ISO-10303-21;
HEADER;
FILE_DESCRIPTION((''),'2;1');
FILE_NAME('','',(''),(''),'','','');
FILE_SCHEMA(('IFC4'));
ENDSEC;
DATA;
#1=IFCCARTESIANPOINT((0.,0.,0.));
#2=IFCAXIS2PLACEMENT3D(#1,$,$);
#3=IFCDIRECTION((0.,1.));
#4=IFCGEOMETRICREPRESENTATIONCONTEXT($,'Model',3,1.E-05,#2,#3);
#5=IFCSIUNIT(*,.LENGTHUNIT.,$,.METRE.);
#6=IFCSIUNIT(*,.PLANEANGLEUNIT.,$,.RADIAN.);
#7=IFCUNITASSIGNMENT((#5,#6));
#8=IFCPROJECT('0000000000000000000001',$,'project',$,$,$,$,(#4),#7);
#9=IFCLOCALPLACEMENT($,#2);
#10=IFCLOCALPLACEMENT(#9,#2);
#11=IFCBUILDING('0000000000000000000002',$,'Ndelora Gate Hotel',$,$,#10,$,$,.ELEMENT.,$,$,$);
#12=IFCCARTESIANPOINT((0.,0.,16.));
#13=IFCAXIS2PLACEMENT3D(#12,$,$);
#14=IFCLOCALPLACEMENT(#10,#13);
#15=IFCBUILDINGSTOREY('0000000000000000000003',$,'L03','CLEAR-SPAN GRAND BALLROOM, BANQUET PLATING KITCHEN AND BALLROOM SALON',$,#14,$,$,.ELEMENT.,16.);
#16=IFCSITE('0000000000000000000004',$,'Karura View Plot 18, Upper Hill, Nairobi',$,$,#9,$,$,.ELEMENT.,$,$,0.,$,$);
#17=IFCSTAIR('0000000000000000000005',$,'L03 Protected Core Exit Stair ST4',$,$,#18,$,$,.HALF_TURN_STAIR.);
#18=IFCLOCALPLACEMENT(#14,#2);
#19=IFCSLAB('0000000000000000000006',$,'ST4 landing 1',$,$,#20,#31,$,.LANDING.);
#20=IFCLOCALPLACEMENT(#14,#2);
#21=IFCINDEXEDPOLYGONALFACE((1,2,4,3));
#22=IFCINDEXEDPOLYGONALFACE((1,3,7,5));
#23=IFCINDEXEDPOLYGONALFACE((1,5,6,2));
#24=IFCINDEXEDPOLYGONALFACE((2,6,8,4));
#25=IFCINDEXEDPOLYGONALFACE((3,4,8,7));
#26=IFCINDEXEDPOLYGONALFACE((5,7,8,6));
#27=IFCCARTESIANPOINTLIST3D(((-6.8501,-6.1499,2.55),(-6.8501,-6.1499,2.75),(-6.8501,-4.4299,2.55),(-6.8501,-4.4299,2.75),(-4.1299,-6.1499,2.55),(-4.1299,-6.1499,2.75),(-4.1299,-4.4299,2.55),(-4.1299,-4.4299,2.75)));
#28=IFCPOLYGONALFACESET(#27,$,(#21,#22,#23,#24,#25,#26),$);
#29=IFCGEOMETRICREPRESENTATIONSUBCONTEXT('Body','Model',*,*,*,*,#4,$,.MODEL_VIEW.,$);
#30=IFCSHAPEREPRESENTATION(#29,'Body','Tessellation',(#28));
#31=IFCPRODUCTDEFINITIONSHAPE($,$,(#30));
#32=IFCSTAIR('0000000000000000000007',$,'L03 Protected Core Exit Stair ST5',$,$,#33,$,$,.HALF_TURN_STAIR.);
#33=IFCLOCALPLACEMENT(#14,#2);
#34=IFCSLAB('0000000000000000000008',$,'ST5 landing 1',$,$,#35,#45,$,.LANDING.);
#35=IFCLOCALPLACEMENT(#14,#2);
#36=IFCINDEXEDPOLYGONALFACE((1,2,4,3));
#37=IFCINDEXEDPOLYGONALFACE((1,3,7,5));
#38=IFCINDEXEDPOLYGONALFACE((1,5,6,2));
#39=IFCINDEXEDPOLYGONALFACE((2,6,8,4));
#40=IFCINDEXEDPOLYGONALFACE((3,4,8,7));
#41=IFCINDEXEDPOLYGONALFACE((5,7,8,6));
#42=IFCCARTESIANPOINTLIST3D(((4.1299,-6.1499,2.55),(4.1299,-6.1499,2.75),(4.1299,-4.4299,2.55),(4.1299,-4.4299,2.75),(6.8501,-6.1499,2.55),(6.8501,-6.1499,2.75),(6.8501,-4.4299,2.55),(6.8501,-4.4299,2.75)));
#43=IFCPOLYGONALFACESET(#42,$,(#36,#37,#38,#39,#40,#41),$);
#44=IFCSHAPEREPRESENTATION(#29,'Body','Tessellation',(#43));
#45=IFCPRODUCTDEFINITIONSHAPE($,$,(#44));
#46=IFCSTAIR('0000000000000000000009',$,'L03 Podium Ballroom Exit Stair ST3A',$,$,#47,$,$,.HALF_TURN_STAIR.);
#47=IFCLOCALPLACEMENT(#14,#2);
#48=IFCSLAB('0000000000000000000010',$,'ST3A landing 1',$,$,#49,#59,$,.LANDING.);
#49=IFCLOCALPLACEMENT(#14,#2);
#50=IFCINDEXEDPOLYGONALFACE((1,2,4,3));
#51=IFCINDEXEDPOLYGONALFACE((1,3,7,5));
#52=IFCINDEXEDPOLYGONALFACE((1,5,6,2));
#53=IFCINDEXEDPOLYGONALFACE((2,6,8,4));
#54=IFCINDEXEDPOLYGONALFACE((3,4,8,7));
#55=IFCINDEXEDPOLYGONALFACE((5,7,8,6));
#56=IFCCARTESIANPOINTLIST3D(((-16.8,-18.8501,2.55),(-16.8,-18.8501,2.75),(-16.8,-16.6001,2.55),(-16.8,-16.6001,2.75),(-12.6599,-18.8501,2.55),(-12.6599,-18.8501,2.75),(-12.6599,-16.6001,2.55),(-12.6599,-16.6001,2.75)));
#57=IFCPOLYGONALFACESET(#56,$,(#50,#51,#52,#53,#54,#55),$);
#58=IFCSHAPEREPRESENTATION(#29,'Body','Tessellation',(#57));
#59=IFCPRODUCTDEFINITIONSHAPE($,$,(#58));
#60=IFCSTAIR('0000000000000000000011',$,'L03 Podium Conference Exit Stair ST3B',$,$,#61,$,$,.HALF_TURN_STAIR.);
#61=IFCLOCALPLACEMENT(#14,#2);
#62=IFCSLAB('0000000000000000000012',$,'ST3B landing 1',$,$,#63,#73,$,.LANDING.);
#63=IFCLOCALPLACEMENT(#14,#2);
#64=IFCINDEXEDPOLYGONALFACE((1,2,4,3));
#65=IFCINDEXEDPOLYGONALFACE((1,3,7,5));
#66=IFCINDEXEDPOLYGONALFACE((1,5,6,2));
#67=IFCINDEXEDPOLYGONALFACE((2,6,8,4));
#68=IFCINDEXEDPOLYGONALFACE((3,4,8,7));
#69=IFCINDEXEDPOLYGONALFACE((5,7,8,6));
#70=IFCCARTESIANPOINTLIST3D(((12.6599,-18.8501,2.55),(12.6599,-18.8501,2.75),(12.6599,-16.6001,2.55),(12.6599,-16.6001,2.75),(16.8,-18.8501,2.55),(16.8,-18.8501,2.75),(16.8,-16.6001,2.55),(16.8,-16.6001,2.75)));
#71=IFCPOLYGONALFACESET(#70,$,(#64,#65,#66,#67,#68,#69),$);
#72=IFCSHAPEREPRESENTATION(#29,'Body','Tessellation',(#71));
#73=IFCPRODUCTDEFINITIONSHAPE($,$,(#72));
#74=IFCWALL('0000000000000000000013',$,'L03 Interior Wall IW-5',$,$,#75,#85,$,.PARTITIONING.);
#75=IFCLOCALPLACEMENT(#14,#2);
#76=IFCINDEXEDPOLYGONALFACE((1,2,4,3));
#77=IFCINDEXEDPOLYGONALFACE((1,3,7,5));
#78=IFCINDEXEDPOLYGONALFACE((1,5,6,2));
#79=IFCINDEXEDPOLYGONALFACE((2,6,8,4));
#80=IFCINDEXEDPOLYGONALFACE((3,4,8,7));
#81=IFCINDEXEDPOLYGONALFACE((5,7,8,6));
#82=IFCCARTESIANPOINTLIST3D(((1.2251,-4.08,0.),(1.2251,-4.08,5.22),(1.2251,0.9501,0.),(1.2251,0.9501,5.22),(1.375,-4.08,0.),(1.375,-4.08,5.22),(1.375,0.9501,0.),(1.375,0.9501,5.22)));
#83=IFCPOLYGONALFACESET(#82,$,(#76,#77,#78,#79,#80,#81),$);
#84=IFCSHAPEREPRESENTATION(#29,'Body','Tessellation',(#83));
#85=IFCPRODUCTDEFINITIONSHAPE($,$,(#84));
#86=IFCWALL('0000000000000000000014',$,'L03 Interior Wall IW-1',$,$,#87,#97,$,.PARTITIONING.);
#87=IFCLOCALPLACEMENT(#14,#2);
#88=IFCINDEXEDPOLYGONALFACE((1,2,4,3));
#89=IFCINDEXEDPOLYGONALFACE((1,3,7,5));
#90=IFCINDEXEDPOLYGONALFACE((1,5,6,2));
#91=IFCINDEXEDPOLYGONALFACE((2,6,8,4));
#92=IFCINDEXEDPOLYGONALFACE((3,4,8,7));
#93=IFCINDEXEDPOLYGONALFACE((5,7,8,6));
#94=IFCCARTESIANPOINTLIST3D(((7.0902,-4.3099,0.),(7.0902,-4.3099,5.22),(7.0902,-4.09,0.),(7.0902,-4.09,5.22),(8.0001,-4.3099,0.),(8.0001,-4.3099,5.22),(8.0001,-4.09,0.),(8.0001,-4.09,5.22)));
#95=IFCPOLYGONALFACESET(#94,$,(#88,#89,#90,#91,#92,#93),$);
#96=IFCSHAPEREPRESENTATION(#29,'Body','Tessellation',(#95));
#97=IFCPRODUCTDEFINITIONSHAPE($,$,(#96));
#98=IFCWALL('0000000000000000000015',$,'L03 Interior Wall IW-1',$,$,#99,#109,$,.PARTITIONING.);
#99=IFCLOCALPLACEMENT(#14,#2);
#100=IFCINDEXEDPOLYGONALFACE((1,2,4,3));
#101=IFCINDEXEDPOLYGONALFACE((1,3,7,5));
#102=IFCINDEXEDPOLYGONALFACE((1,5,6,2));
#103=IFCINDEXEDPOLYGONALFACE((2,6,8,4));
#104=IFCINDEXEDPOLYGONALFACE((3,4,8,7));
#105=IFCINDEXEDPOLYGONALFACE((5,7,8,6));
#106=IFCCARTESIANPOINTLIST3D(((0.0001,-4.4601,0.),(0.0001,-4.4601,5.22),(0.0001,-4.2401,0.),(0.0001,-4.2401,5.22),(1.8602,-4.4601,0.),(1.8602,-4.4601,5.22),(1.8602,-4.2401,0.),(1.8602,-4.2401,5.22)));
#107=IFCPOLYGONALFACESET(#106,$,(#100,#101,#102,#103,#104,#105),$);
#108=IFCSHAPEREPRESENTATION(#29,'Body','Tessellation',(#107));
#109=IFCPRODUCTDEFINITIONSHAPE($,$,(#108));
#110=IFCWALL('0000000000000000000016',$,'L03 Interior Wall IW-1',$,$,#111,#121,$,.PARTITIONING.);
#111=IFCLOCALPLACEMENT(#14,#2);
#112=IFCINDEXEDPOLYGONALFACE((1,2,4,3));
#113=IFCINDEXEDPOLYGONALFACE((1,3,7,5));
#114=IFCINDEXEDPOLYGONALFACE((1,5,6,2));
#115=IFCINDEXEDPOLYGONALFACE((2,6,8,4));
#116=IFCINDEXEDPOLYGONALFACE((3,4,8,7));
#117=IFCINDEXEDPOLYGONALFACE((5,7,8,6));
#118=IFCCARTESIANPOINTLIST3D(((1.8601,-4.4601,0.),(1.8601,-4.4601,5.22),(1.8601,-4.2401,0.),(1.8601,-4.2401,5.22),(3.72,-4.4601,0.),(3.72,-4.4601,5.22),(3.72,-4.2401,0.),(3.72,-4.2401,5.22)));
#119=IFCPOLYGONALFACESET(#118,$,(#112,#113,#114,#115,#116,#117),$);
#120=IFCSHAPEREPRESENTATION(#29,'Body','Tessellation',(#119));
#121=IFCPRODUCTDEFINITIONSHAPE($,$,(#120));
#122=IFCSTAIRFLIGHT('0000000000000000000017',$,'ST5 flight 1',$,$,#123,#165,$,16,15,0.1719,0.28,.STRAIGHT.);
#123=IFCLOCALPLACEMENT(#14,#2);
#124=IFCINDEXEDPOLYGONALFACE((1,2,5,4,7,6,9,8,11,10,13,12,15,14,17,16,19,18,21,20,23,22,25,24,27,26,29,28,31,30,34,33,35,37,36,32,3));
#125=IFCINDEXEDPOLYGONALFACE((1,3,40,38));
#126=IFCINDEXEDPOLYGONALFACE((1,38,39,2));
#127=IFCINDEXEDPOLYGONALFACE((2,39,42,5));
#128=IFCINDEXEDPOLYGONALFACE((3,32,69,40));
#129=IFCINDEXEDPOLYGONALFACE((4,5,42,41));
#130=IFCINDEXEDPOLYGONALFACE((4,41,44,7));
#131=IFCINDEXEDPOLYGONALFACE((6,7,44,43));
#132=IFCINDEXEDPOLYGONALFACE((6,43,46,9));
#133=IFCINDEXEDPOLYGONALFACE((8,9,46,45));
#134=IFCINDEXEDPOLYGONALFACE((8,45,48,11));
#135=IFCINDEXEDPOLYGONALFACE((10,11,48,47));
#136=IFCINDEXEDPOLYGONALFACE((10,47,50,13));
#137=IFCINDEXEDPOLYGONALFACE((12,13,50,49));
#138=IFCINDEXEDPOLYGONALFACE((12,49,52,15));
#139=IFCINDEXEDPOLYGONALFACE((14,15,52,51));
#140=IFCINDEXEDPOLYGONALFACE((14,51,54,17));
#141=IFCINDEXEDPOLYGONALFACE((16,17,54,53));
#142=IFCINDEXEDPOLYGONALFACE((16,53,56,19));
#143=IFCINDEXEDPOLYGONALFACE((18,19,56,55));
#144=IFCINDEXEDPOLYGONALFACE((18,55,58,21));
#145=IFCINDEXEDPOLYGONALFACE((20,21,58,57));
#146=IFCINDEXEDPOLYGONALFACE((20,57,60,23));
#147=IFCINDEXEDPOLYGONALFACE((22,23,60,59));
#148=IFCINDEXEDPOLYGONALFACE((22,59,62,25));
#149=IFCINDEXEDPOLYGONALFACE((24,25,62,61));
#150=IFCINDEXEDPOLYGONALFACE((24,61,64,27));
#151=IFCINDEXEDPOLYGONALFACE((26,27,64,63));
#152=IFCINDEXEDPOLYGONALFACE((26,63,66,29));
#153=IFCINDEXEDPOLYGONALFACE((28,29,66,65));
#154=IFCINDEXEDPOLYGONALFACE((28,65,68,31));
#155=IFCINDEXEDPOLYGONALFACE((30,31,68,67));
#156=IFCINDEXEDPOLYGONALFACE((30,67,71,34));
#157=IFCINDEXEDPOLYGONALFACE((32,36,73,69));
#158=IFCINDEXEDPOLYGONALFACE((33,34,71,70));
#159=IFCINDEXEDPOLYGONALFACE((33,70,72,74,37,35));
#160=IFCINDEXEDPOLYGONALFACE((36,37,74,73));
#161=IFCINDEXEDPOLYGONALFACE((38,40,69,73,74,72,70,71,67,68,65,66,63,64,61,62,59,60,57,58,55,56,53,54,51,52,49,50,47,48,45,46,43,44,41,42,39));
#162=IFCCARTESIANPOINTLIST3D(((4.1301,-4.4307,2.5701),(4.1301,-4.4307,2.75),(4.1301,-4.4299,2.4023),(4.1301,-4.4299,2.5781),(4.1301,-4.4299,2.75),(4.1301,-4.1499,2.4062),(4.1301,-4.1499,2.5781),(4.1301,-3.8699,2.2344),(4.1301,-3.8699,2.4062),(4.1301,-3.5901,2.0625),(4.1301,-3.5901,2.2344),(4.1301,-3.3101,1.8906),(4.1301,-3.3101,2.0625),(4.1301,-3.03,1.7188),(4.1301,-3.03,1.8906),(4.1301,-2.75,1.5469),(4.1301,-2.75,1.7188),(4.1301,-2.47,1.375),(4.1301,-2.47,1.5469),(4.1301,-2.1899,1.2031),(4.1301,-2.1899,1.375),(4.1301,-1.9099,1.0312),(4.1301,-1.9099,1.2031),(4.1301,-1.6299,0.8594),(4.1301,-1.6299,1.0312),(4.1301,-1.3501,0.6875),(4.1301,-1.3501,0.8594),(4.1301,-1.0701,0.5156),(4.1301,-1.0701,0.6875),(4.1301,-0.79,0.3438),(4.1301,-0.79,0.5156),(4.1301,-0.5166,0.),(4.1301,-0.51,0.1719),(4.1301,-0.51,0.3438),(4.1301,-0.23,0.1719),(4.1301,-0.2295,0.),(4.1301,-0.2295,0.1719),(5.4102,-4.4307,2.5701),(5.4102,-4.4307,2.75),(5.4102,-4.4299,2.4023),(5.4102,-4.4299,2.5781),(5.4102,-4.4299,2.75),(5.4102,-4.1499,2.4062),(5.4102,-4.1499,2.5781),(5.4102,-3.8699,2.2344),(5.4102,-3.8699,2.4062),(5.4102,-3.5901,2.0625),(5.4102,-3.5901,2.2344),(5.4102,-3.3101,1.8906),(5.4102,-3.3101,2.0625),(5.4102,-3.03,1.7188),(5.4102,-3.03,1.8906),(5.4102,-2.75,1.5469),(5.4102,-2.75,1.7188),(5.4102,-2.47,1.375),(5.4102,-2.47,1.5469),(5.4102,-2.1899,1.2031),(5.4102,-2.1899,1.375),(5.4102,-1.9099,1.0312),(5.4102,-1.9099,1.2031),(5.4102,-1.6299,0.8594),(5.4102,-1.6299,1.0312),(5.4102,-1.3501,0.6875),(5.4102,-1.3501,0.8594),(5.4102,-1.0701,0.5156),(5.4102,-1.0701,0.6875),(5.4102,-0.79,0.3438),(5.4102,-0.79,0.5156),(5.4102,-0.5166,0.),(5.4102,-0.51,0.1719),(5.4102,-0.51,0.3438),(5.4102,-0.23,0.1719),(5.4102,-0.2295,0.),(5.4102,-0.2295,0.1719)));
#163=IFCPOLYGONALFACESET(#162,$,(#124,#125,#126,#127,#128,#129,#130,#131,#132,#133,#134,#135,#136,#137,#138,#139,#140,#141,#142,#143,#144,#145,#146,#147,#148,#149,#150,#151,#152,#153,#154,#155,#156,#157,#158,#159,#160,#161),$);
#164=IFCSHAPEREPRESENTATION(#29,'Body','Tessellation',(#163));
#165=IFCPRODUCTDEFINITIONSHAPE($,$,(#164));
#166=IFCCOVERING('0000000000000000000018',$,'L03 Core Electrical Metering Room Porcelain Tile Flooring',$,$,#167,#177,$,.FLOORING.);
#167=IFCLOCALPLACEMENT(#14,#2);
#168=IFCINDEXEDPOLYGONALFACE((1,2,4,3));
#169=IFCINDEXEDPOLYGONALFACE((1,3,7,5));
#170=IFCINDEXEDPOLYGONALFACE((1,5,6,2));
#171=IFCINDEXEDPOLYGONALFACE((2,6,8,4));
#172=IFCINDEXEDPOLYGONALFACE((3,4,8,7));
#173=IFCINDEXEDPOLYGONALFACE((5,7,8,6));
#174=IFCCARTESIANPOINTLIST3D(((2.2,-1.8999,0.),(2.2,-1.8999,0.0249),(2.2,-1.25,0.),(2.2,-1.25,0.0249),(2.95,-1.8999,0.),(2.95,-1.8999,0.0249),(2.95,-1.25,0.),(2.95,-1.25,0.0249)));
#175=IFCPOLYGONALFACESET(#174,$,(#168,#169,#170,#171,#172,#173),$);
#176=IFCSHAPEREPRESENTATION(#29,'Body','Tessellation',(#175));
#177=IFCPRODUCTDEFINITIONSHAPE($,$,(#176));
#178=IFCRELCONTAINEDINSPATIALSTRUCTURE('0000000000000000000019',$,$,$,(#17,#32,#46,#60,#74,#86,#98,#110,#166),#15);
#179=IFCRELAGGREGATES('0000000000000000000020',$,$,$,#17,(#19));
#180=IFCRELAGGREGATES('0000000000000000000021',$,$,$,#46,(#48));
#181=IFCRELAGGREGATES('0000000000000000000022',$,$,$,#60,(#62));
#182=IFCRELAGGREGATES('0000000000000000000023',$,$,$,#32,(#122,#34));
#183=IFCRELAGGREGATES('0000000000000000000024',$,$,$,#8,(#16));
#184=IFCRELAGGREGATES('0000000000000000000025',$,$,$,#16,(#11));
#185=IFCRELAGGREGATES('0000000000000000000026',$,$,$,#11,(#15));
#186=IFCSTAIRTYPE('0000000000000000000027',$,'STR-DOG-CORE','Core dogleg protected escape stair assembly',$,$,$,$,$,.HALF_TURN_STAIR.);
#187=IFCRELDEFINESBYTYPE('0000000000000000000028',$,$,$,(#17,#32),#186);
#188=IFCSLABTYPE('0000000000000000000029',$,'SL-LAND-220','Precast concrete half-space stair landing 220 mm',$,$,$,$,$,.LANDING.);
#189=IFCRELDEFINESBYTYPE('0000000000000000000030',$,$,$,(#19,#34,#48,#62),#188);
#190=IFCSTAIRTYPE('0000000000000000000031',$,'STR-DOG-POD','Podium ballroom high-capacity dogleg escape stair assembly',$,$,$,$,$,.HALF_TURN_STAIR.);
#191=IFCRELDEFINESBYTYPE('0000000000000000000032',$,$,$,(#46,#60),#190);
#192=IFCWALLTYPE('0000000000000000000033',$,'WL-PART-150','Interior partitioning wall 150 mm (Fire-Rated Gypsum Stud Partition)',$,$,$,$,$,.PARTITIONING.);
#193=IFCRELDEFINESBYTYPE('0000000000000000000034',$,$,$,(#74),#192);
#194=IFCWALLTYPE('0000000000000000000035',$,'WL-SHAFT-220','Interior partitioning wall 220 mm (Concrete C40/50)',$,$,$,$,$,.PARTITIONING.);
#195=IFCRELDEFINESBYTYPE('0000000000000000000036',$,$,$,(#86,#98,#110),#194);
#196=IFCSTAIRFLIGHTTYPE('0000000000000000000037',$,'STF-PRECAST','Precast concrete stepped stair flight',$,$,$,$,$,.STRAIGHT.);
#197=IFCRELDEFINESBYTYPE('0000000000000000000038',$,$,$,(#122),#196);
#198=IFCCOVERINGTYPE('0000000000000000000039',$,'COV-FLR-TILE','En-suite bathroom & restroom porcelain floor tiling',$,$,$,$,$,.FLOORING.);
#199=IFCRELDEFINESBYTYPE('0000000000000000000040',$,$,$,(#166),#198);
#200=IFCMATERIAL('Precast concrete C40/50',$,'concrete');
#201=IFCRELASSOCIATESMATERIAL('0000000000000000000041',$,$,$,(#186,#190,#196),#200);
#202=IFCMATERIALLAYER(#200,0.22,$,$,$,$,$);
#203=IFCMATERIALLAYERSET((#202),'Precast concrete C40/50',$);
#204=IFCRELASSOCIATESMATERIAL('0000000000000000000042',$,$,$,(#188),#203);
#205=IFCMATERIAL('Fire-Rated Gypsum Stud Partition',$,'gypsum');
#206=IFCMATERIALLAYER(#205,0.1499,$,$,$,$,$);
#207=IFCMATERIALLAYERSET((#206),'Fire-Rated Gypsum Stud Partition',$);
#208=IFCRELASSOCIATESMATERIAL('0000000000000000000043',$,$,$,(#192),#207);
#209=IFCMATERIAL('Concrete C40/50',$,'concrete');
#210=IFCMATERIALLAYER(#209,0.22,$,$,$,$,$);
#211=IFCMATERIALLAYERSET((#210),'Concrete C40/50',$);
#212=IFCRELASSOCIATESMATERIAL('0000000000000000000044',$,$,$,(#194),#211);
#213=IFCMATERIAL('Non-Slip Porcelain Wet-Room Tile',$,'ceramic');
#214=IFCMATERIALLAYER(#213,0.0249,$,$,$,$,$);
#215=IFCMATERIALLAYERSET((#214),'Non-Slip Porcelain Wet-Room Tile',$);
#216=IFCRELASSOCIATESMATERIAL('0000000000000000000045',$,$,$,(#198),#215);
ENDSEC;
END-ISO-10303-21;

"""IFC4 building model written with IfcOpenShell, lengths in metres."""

from ifc_helpers import new_model, si_unit, direction, frame, frame_2d, origin, origin_2d, place, context, subcontext, project, spatial, polyline, rectangle, outline, extrude, material, layer, layer_set, type_object, element, aggregate, save


model = new_model("IFC4")

# Units and contexts
model_context = context("Model", 3, precision=1e-05, world=origin(), true_north=direction((0.0, 1.0)))
body_context = subcontext(model_context, "Body", "Model", "MODEL_VIEW")
ifc_project = project(units=[si_unit("LENGTHUNIT", "METRE"), si_unit("PLANEANGLEUNIT", "RADIAN")], contexts=[model_context])

# Site, building, storey
site_placement = place(None, origin())
site = spatial("IfcSite", under=ifc_project, at=site_placement, Name="Karura View Plot 18, Upper Hill, Nairobi", CompositionType="ELEMENT", RefElevation=0.0)
building_placement = place(site_placement, origin())
building = spatial("IfcBuilding", under=site, at=building_placement, Name="Ndelora Gate Hotel", CompositionType="ELEMENT")
storey_placement = place(building_placement, frame((0.0, 0.0, 16.0)))
storey = spatial("IfcBuildingStorey", under=building, at=storey_placement, Name="L03", Description="CLEAR-SPAN GRAND BALLROOM, BANQUET PLATING KITCHEN AND BALLROOM SALON", CompositionType="ELEMENT", Elevation=16.0)

# Stairs, slabs
ifc_material_1 = material(Name="Precast concrete C40/50", Category="concrete")
stair_type_1 = type_object("IfcStairType", Name="STR-DOG-CORE", Description="Core dogleg protected escape stair assembly", PredefinedType="HALF_TURN_STAIR", material=ifc_material_1)
stair_1_placement = place(storey_placement, origin())
stair_1 = element("IfcStair", 1, at=stair_1_placement, inside=storey, type_object=stair_type_1, Name="L03 Protected Core Exit Stair ST4", PredefinedType="HALF_TURN_STAIR")
ifc_layer_1 = layer(ifc_material_1, 0.22)
ifc_layer_set_1 = layer_set([ifc_layer_1], Name="Precast concrete C40/50")
slab_type = type_object("IfcSlabType", Name="SL-LAND-220", Description="Precast concrete half-space stair landing 220 mm", PredefinedType="LANDING", material=ifc_layer_set_1)
slab_1_placement = place(storey_placement, frame((0.0, 0.0, 2.55)))
slab_1 = element("IfcSlab", 2, at=slab_1_placement, type_object=slab_type, Name="ST4 landing 1", PredefinedType="LANDING", context=body_context, shape_type="SweptSolid", body=[
    extrude(outline(polyline([(-6.8501, -4.4299), (-6.8501, -6.1499), (-4.1299, -6.1499), (-4.1299, -4.4299), (-6.8501, -4.4299)])), origin(), (0.0, 0.0, 1.0), 0.2),
])
aggregate(stair_1, [slab_1])
stair_2_placement = place(storey_placement, origin())
stair_2 = element("IfcStair", 3, at=stair_2_placement, inside=storey, type_object=stair_type_1, Name="L03 Protected Core Exit Stair ST5", PredefinedType="HALF_TURN_STAIR")
slab_2_placement = place(storey_placement, frame((0.0, 0.0, 2.55)))
slab_2 = element("IfcSlab", 4, at=slab_2_placement, type_object=slab_type, Name="ST5 landing 1", PredefinedType="LANDING", context=body_context, shape_type="SweptSolid", body=[
    extrude(outline(polyline([(4.1299, -4.4299), (4.1299, -6.1499), (6.8501, -6.1499), (6.8501, -4.4299), (4.1299, -4.4299)])), origin(), (0.0, 0.0, 1.0), 0.2),
])
stair_type_2 = type_object("IfcStairType", Name="STR-DOG-POD", Description="Podium ballroom high-capacity dogleg escape stair assembly", PredefinedType="HALF_TURN_STAIR", material=ifc_material_1)
stair_3_placement = place(storey_placement, origin())
stair_3 = element("IfcStair", 5, at=stair_3_placement, inside=storey, type_object=stair_type_2, Name="L03 Podium Ballroom Exit Stair ST3A", PredefinedType="HALF_TURN_STAIR")
slab_3_placement = place(storey_placement, frame((0.0, 0.0, 2.55)))
slab_3 = element("IfcSlab", 6, at=slab_3_placement, type_object=slab_type, Name="ST3A landing 1", PredefinedType="LANDING", context=body_context, shape_type="SweptSolid", body=[
    extrude(outline(polyline([(-16.8, -16.6001), (-16.8, -18.8501), (-12.6599, -18.8501), (-12.6599, -16.6001), (-16.8, -16.6001)])), origin(), (0.0, 0.0, 1.0), 0.2),
])
aggregate(stair_3, [slab_3])
stair_4_placement = place(storey_placement, origin())
stair_4 = element("IfcStair", 7, at=stair_4_placement, inside=storey, type_object=stair_type_2, Name="L03 Podium Conference Exit Stair ST3B", PredefinedType="HALF_TURN_STAIR")
slab_4_placement = place(storey_placement, frame((0.0, 0.0, 2.55)))
slab_4 = element("IfcSlab", 8, at=slab_4_placement, type_object=slab_type, Name="ST3B landing 1", PredefinedType="LANDING", context=body_context, shape_type="SweptSolid", body=[
    extrude(outline(polyline([(12.6599, -16.6001), (12.6599, -18.8501), (16.8, -18.8501), (16.8, -16.6001), (12.6599, -16.6001)])), origin(), (0.0, 0.0, 1.0), 0.2),
])
aggregate(stair_4, [slab_4])

# Walls
ifc_material_2 = material(Name="Fire-Rated Gypsum Stud Partition", Category="gypsum")
ifc_layer_2 = layer(ifc_material_2, 0.1499)
ifc_layer_set_2 = layer_set([ifc_layer_2], Name="Fire-Rated Gypsum Stud Partition")
wall_type_1 = type_object("IfcWallType", Name="WL-PART-150", Description="Interior partitioning wall 150 mm (Fire-Rated Gypsum Stud Partition)", PredefinedType="PARTITIONING", material=ifc_layer_set_2)
wall_1_placement = place(storey_placement, frame((1.3, -4.0801, 0.0), z_axis=(0.0, 0.0, 1.0), x_axis=(0.0, 1.0, 0.0)))
element("IfcWall", 9, at=wall_1_placement, inside=storey, type_object=wall_type_1, Name="L03 Interior Wall IW-5", PredefinedType="PARTITIONING", context=body_context, shape_type="SweptSolid", body=[
    extrude(rectangle(XDim=5.03, YDim=0.1499, at=frame_2d((2.5151, 0.0))), origin(), (0.0, 0.0, 1.0), 5.22),
])
ifc_material_3 = material(Name="Concrete C40/50", Category="concrete")
ifc_layer_3 = layer(ifc_material_3, 0.22)
ifc_layer_set_3 = layer_set([ifc_layer_3], Name="Concrete C40/50")
wall_type_2 = type_object("IfcWallType", Name="WL-SHAFT-220", Description="Interior partitioning wall 220 mm (Concrete C40/50)", PredefinedType="PARTITIONING", material=ifc_layer_set_3)
wall_2_placement = place(storey_placement, frame((7.0901, -4.2, 0.0), z_axis=(0.0, 0.0, 1.0), x_axis=(1.0, 0.0, 0.0)))
element("IfcWall", 10, at=wall_2_placement, inside=storey, type_object=wall_type_2, Name="L03 Interior Wall IW-1", PredefinedType="PARTITIONING", context=body_context, shape_type="SweptSolid", body=[
    extrude(rectangle(XDim=0.9099, YDim=0.22, at=frame_2d((0.4551, 0.0))), origin(), (0.0, 0.0, 1.0), 5.22),
])
wall_3_placement = place(storey_placement, frame((0.0, -4.3501, 0.0), z_axis=(0.0, 0.0, 1.0), x_axis=(1.0, 0.0, 0.0)))
element("IfcWall", 11, at=wall_3_placement, inside=storey, type_object=wall_type_2, Name="L03 Interior Wall IW-1", PredefinedType="PARTITIONING", context=body_context, shape_type="SweptSolid", body=[
    extrude(rectangle(XDim=1.8601, YDim=0.22, at=frame_2d((0.9302, 0.0))), origin(), (0.0, 0.0, 1.0), 5.22),
])
wall_4_placement = place(storey_placement, frame((1.8601, -4.3501, 0.0), z_axis=(0.0, 0.0, 1.0), x_axis=(1.0, 0.0, 0.0)))
element("IfcWall", 12, at=wall_4_placement, inside=storey, type_object=wall_type_2, Name="L03 Interior Wall IW-1", PredefinedType="PARTITIONING", context=body_context, shape_type="SweptSolid", body=[
    extrude(rectangle(XDim=1.8599, YDim=0.22, at=frame_2d((0.9299, 0.0))), origin(), (0.0, 0.0, 1.0), 5.22),
])

# Stair flight
stair_flight_type = type_object("IfcStairFlightType", Name="STF-PRECAST", Description="Precast concrete stepped stair flight", PredefinedType="STRAIGHT", material=ifc_material_1)
stair_flight_placement = place(storey_placement, frame((4.77, -0.23, 0.0), z_axis=(0.0, 0.0, 1.0), x_axis=(0.0, -1.0, 0.0)))
stair_flight = element("IfcStairFlight", 13, at=stair_flight_placement, type_object=stair_flight_type, Name="ST5 flight 1", NumberOfRisers=16, NumberOfTreads=15, PredefinedType="STRAIGHT", RiserHeight=0.1719, TreadLength=0.28, context=body_context, shape_type="SweptSolid", body=[
    extrude(outline(polyline([(-0.0005, 0.0), (-0.0005, 0.1719), (0.0, 0.1719), (0.28, 0.1719), (0.28, 0.3438), (0.5601, 0.3438), (0.5601, 0.5156), (0.8401, 0.5156), (0.8401, 0.6875), (1.1201, 0.6875), (1.1201, 0.8594), (1.3999, 0.8594), (1.3999, 1.0312), (1.6799, 1.0312), (1.6799, 1.2031), (1.96, 1.2031), (1.96, 1.375), (2.24, 1.375), (2.24, 1.5469), (2.52, 1.5469), (2.52, 1.7188), (2.8, 1.7188), (2.8, 1.8906), (3.0801, 1.8906), (3.0801, 2.0625), (3.3601, 2.0625), (3.3601, 2.2344), (3.6399, 2.2344), (3.6399, 2.4062), (3.9199, 2.4062), (3.9199, 2.5781), (4.2, 2.5781), (4.2, 2.75), (4.2007, 2.75), (4.2007, 2.5701), (4.2, 2.4023), (0.2866, 0.0), (-0.0005, 0.0)])), frame((0.0, 0.6401, 0.0), z_axis=(0.0, -1.0, 0.0), x_axis=(1.0, 0.0, 0.0)), (0.0, 0.0, 1.0), 1.28),
])
aggregate(stair_2, [stair_flight, slab_2])

# Covering
ifc_material_4 = material(Name="Non-Slip Porcelain Wet-Room Tile", Category="ceramic")
ifc_layer_4 = layer(ifc_material_4, 0.0249)
ifc_layer_set_4 = layer_set([ifc_layer_4], Name="Non-Slip Porcelain Wet-Room Tile")
covering_type = type_object("IfcCoveringType", Name="COV-FLR-TILE", Description="En-suite bathroom & restroom porcelain floor tiling", PredefinedType="FLOORING", material=ifc_layer_set_4)
covering_placement = place(storey_placement, frame((2.575, -1.575, 0.0), z_axis=(0.0, 0.0, 1.0), x_axis=(1.0, 0.0, 0.0)))
element("IfcCovering", 14, at=covering_placement, inside=storey, type_object=covering_type, Name="L03 Core Electrical Metering Room Porcelain Tile Flooring", PredefinedType="FLOORING", context=body_context, shape_type="SweptSolid", body=[
    extrude(rectangle(XDim=0.75, YDim=0.6499, at=origin_2d()), origin(), (0.0, 0.0, 1.0), 0.0249),
])

save(model, "model.ifc")
